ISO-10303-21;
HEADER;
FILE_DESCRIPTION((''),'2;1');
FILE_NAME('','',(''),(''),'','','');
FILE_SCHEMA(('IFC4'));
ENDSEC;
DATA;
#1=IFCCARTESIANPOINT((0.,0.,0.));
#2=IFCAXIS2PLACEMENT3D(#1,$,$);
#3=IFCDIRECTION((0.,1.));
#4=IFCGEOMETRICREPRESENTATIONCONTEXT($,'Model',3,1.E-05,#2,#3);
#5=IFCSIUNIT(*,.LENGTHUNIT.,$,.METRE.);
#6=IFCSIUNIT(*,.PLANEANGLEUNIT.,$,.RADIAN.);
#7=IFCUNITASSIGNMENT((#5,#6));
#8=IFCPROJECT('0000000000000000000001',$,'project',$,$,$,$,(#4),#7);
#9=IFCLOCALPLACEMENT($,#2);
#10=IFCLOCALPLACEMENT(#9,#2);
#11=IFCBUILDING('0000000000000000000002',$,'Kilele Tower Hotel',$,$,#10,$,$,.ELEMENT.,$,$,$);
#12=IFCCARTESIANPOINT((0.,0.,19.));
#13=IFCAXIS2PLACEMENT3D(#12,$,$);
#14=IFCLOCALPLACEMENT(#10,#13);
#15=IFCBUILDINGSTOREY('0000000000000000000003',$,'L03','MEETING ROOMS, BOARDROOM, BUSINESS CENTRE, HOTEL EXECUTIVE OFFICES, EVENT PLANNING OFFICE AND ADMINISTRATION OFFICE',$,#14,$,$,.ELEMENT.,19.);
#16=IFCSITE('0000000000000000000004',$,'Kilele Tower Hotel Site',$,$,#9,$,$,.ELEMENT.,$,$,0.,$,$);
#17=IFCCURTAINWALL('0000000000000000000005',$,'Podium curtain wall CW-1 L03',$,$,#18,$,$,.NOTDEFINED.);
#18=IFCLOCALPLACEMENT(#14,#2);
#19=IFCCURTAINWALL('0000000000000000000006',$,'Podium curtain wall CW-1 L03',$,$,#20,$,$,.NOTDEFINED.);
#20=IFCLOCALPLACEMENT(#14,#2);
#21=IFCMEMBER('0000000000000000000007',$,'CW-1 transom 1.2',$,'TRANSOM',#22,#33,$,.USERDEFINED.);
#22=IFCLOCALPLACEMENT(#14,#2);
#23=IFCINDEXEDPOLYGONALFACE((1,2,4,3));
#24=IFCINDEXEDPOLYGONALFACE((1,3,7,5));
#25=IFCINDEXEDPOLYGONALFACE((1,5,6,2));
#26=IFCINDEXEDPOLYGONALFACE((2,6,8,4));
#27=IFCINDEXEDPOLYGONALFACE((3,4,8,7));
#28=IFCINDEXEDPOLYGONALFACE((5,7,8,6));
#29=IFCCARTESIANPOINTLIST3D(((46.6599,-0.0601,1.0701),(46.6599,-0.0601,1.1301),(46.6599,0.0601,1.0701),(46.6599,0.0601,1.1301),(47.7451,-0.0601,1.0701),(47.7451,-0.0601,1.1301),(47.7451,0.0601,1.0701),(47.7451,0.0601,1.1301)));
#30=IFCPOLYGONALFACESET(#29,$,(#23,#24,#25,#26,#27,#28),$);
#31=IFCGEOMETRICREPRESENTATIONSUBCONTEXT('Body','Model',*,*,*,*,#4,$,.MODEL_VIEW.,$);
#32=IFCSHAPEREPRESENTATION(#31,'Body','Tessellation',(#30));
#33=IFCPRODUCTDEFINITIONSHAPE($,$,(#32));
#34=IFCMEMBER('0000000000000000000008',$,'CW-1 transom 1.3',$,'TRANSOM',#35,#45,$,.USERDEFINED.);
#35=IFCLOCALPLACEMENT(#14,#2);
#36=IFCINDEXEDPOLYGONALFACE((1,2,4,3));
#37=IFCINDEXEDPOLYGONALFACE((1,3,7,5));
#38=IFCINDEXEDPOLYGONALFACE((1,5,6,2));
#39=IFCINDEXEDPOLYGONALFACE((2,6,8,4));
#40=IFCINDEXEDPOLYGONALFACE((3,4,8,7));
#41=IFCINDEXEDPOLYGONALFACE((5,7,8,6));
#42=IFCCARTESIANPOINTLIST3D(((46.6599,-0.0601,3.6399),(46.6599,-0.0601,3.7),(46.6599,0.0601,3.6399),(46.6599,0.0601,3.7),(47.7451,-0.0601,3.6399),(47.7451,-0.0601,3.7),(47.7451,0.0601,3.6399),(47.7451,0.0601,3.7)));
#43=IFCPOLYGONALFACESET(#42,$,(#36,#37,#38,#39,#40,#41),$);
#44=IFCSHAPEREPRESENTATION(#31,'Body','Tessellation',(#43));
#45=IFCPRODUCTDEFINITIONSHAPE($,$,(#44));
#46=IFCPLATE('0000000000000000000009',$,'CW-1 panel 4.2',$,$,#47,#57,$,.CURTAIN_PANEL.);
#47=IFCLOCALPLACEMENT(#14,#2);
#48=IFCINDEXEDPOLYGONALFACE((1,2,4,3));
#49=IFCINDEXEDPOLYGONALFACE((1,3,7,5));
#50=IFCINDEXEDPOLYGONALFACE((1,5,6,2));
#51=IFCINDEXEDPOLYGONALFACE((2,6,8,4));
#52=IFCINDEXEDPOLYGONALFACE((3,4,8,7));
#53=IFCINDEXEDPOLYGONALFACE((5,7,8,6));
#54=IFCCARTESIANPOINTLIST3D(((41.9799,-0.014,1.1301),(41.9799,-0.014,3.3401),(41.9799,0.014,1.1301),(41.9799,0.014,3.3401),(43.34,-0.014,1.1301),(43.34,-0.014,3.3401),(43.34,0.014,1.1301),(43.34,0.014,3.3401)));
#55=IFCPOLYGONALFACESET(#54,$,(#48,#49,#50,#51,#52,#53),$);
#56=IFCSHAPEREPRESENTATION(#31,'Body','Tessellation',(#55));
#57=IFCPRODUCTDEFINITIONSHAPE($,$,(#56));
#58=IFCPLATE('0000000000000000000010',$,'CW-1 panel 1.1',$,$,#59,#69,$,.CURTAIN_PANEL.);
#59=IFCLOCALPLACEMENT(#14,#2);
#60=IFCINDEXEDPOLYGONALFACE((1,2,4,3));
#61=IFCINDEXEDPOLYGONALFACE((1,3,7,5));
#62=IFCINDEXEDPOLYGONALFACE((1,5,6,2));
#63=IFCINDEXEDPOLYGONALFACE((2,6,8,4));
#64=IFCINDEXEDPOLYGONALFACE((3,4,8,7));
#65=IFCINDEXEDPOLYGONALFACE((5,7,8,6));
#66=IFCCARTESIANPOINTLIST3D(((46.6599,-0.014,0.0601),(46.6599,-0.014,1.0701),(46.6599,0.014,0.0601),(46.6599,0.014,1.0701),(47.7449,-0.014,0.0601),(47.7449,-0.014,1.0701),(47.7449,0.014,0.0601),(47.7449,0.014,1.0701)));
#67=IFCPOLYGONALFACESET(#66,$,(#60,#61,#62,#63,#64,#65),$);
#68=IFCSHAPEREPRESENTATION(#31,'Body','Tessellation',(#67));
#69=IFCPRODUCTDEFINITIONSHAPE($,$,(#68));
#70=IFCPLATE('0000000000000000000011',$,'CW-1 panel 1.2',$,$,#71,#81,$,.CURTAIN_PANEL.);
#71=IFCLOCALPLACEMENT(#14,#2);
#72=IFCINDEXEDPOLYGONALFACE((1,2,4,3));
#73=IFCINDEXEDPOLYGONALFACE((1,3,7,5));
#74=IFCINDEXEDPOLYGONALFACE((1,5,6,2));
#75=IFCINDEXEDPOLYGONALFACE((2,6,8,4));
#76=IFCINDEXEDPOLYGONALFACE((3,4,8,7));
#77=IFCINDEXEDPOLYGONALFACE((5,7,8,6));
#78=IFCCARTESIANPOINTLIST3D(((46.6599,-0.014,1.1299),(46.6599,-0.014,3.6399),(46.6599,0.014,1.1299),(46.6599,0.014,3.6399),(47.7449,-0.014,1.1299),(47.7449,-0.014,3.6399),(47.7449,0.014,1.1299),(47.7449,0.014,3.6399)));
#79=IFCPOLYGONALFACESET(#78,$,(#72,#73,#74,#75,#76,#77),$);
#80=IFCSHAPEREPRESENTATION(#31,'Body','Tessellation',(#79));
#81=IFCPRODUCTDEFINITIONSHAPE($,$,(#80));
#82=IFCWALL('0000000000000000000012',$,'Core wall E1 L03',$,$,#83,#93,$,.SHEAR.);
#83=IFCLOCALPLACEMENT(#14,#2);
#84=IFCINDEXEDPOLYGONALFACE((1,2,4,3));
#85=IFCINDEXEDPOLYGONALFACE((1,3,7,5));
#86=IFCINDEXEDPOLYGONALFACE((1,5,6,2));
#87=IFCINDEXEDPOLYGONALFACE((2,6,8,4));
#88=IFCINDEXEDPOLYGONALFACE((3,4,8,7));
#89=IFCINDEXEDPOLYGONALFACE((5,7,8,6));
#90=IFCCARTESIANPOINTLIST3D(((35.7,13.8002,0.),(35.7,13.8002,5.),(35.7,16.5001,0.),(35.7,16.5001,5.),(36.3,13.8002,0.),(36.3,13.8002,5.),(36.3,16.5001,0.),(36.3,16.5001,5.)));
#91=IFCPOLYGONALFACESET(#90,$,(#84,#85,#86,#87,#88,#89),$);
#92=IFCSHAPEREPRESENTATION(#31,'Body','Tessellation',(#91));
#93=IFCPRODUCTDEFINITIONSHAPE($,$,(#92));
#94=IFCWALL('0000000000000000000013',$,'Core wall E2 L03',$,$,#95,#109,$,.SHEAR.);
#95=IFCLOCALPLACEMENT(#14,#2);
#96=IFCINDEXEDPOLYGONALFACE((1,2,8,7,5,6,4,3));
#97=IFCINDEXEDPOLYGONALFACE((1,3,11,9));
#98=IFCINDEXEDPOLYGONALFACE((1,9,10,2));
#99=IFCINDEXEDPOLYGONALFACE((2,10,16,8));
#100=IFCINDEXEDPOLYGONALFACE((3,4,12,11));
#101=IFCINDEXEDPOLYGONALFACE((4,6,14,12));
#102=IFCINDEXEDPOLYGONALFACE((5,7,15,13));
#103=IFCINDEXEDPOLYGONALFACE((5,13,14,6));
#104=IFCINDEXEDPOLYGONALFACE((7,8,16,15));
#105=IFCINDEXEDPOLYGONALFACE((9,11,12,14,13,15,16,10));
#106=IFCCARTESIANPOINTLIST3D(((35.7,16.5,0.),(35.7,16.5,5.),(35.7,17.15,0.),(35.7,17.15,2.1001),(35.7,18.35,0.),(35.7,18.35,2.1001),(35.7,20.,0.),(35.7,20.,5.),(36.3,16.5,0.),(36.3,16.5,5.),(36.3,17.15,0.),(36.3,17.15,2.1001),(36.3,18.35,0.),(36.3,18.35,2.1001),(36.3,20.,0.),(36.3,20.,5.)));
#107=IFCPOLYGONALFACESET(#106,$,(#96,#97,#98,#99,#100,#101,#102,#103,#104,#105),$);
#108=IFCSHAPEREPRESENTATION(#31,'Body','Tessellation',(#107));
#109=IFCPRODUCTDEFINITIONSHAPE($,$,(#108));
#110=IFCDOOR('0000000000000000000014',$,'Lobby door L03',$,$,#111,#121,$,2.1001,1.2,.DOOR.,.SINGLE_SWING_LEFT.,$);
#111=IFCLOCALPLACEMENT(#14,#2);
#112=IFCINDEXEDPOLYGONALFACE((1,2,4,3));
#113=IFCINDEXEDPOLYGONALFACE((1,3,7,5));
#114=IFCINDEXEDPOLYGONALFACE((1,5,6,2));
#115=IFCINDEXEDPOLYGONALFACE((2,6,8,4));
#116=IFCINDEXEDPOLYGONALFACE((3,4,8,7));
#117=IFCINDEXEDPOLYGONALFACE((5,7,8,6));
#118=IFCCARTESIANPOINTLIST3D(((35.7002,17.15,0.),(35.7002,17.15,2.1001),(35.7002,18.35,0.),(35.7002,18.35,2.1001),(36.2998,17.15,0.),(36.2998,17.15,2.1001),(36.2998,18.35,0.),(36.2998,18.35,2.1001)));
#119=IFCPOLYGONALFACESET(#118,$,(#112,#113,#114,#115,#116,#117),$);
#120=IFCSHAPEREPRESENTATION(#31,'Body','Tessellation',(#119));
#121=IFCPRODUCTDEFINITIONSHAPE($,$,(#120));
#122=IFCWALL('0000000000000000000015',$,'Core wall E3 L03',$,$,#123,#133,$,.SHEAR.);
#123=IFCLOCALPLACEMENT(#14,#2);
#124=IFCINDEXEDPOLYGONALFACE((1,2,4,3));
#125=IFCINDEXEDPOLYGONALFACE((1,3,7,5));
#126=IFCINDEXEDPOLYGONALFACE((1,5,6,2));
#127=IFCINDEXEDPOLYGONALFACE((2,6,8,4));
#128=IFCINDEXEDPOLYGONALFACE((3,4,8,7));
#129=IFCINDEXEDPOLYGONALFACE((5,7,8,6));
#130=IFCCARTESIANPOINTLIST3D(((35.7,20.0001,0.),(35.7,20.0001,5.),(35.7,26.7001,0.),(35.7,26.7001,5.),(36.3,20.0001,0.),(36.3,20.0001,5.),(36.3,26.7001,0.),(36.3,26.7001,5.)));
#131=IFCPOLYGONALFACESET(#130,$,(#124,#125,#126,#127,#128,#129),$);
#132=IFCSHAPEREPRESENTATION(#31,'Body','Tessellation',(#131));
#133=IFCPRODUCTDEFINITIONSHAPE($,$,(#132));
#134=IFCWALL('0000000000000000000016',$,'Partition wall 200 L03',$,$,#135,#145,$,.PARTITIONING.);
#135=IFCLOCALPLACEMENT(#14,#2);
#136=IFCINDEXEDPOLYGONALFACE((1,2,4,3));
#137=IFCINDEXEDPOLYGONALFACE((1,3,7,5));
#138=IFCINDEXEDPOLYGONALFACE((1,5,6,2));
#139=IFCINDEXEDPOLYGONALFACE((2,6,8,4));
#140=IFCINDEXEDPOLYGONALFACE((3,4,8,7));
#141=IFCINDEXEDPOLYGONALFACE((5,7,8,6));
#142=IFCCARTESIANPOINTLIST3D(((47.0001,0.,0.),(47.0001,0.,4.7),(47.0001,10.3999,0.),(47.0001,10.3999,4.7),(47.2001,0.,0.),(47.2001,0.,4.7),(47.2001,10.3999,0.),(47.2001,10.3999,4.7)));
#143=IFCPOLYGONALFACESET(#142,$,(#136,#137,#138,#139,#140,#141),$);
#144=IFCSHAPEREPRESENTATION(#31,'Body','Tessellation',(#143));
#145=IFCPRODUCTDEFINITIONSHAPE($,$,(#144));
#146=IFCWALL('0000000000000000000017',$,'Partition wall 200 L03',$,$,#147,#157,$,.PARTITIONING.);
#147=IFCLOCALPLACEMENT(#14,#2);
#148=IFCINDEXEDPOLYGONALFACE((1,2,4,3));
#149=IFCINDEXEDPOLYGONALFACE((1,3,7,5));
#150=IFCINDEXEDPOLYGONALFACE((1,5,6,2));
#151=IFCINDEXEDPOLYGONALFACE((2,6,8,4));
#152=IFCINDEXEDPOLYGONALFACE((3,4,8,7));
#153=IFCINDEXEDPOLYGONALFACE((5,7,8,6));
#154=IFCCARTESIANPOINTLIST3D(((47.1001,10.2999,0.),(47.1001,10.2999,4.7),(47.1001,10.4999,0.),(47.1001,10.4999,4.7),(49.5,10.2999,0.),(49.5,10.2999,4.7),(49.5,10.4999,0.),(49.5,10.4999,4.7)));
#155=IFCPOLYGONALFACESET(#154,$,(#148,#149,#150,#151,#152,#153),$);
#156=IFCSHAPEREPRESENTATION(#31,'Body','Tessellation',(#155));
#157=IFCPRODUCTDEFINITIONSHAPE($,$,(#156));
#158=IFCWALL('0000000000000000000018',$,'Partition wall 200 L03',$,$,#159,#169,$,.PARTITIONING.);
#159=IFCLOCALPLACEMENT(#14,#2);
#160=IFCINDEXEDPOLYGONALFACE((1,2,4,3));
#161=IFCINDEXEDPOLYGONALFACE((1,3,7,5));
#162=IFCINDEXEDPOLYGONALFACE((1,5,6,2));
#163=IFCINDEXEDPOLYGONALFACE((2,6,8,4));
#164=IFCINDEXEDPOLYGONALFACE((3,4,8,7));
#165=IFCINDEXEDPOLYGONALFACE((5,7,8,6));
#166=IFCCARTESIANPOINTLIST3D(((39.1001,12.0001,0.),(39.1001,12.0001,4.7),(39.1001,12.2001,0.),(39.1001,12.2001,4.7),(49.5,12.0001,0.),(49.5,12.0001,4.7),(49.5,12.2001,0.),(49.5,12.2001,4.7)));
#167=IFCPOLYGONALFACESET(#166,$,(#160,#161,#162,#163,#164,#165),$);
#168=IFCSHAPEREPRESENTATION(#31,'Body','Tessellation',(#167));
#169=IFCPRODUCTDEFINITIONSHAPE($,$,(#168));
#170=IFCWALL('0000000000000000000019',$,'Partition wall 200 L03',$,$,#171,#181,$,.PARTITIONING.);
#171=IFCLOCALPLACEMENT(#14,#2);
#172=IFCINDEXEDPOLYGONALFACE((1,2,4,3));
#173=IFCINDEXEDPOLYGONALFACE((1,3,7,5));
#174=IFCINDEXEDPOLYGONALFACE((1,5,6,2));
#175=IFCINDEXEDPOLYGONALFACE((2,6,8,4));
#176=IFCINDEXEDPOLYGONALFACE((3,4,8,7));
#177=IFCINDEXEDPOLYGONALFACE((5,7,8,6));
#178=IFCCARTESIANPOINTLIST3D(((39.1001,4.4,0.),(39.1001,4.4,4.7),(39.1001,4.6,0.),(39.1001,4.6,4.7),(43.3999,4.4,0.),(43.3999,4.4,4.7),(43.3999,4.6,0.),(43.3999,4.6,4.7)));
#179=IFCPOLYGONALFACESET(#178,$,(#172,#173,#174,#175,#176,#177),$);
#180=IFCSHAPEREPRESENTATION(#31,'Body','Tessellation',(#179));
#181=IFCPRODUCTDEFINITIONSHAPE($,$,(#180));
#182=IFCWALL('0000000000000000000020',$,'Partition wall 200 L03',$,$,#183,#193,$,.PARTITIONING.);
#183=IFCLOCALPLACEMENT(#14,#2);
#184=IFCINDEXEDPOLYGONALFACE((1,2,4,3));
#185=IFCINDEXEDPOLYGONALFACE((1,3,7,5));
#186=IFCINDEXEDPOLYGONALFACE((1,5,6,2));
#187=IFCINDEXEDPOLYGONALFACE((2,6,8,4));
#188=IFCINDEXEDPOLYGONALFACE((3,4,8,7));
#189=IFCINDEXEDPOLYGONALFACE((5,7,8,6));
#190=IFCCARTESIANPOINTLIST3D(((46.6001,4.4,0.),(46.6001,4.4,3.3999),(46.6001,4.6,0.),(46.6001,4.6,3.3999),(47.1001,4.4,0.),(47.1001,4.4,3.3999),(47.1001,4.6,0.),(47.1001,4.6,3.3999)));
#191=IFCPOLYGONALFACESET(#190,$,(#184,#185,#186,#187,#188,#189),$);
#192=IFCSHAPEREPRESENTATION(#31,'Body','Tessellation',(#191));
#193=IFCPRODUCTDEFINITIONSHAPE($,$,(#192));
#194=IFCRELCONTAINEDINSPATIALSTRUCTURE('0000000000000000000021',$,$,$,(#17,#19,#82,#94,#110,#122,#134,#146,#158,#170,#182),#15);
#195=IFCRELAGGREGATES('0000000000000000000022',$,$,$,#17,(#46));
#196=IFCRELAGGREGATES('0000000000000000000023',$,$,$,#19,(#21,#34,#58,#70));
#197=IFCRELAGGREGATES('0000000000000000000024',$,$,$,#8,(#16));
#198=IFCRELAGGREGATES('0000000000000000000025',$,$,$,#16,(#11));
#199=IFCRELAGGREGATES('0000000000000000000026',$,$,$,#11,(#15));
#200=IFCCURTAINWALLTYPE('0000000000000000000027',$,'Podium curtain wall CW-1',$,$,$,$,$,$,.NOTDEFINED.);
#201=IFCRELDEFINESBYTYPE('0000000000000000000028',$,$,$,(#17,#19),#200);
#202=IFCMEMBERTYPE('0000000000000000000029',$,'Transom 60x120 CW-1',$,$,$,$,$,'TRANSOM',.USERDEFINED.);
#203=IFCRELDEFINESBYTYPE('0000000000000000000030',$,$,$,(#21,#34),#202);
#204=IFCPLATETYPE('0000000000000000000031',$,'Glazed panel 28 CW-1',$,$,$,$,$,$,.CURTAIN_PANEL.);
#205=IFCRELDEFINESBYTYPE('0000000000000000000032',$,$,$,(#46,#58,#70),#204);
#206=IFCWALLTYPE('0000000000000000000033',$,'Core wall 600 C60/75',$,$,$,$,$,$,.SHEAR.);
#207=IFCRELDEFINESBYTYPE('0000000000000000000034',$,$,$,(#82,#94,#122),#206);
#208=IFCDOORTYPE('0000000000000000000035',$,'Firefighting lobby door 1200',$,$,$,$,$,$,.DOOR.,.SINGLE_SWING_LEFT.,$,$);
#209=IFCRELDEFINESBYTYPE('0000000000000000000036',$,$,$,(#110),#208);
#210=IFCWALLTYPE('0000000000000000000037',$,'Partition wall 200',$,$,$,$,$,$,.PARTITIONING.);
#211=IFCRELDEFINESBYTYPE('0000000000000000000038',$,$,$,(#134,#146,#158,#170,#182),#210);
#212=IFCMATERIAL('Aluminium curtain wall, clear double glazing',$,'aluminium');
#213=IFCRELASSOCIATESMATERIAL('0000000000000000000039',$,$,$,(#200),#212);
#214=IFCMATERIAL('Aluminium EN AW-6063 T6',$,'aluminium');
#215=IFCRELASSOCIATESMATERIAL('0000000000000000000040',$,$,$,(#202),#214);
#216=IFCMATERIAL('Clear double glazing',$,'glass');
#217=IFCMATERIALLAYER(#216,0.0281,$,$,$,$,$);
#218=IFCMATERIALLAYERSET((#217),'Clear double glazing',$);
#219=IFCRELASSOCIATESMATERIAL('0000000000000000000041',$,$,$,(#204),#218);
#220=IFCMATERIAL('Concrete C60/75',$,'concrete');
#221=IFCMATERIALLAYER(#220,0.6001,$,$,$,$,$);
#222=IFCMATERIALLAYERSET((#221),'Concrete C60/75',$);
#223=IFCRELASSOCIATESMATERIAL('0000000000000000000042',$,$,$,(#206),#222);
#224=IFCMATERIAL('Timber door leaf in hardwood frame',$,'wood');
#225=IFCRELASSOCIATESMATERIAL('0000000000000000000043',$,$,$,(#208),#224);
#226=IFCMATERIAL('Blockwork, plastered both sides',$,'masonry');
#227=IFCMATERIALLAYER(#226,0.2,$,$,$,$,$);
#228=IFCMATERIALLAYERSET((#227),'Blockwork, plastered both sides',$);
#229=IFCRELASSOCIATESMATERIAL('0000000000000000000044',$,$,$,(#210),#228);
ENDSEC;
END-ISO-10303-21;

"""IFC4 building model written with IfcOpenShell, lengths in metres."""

from ifc_helpers import new_model, si_unit, direction, frame, frame_2d, origin, origin_2d, place, context, subcontext, project, spatial, rectangle, extrude, material, layer, layer_set, material_profile, profile_set, type_object, element, fill, aggregate, save


model = new_model("IFC4")

# Units and contexts
model_context = context("Model", 3, precision=1e-05, world=origin(), true_north=direction((0.0, 1.0)))
body_context = subcontext(model_context, "Body", "Model", "MODEL_VIEW")
ifc_project = project(units=[si_unit("LENGTHUNIT", "METRE"), si_unit("PLANEANGLEUNIT", "RADIAN")], contexts=[model_context])

# Site, building, storey
site_placement = place(None, origin())
site = spatial("IfcSite", under=ifc_project, at=site_placement, Name="Kilele Tower Hotel Site", CompositionType="ELEMENT", RefElevation=0.0)
building_placement = place(site_placement, origin())
building = spatial("IfcBuilding", under=site, at=building_placement, Name="Kilele Tower Hotel", CompositionType="ELEMENT")
storey_placement = place(building_placement, frame((0.0, 0.0, 19.0)))
storey = spatial("IfcBuildingStorey", under=building, at=storey_placement, Name="L03", Description="MEETING ROOMS, BOARDROOM, BUSINESS CENTRE, HOTEL EXECUTIVE OFFICES, EVENT PLANNING OFFICE AND ADMINISTRATION OFFICE", CompositionType="ELEMENT", Elevation=19.0)

# Curtain walls
ifc_material_1 = material(Name="Aluminium curtain wall, clear double glazing", Category="aluminium")
curtain_wall_type = type_object("IfcCurtainWallType", Name="Podium curtain wall CW-1", PredefinedType="NOTDEFINED", material=ifc_material_1)
curtain_wall_1_placement = place(storey_placement, origin())
curtain_wall_1 = element("IfcCurtainWall", 1, at=curtain_wall_1_placement, inside=storey, type_object=curtain_wall_type, Name="Podium curtain wall CW-1 L03", PredefinedType="NOTDEFINED")
curtain_wall_2_placement = place(storey_placement, origin())
curtain_wall_2 = element("IfcCurtainWall", 2, at=curtain_wall_2_placement, inside=storey, type_object=curtain_wall_type, Name="Podium curtain wall CW-1 L03", PredefinedType="NOTDEFINED")

# Members
ifc_material_2 = material(Name="Aluminium EN AW-6063 T6", Category="aluminium")
ifc_material_profile_1 = material_profile(ifc_material_2, rectangle(XDim=0.1201, YDim=0.0601, at=origin_2d()))
ifc_profile_set_1 = profile_set([ifc_material_profile_1], Name="Aluminium EN AW-6063 T6")
member_type_1 = type_object("IfcMemberType", Name="Transom 60x120 CW-1", ElementType="TRANSOM", PredefinedType="USERDEFINED", material=ifc_profile_set_1)
member_1_placement = place(storey_placement, frame((46.6599, 0.0, 1.1001), z_axis=(1.0, 0.0, 0.0), x_axis=(0.0, 1.0, 0.0)))
member_1 = element("IfcMember", 3, at=member_1_placement, type_object=member_type_1, Name="CW-1 transom 1.2", ObjectType="TRANSOM", PredefinedType="USERDEFINED", context=body_context, shape_type="SweptSolid", body=[
    extrude(rectangle(XDim=0.1201, YDim=0.0601, at=origin_2d()), origin(), (0.0, 0.0, 1.0), 1.0852),
])
member_2_placement = place(storey_placement, frame((46.6599, 0.0, 3.6699), z_axis=(1.0, 0.0, 0.0), x_axis=(0.0, 1.0, 0.0)))
member_2 = element("IfcMember", 4, at=member_2_placement, type_object=member_type_1, Name="CW-1 transom 1.3", ObjectType="TRANSOM", PredefinedType="USERDEFINED", context=body_context, shape_type="SweptSolid", body=[
    extrude(rectangle(XDim=0.1201, YDim=0.0601, at=origin_2d()), origin(), (0.0, 0.0, 1.0), 1.0852),
])

# Plates
ifc_material_3 = material(Name="Clear double glazing", Category="glass")
ifc_layer_1 = layer(ifc_material_3, 0.0281)
ifc_layer_set_1 = layer_set([ifc_layer_1], Name="Clear double glazing")
plate_type = type_object("IfcPlateType", Name="Glazed panel 28 CW-1", PredefinedType="CURTAIN_PANEL", material=ifc_layer_set_1)
plate_1_placement = place(storey_placement, frame((42.6599, 0.0, 1.1301), z_axis=(0.0, 0.0, 1.0), x_axis=(1.0, 0.0, 0.0)))
plate_1 = element("IfcPlate", 5, at=plate_1_placement, type_object=plate_type, Name="CW-1 panel 4.2", PredefinedType="CURTAIN_PANEL", context=body_context, shape_type="SweptSolid", body=[
    extrude(rectangle(XDim=1.3601, YDim=0.0281, at=origin_2d()), origin(), (0.0, 0.0, 1.0), 2.21),
])
aggregate(curtain_wall_1, [plate_1])
plate_2_placement = place(storey_placement, frame((47.2024, 0.0, 0.0601), z_axis=(0.0, 0.0, 1.0), x_axis=(1.0, 0.0, 0.0)))
plate_2 = element("IfcPlate", 6, at=plate_2_placement, type_object=plate_type, Name="CW-1 panel 1.1", PredefinedType="CURTAIN_PANEL", context=body_context, shape_type="SweptSolid", body=[
    extrude(rectangle(XDim=1.085, YDim=0.0281, at=origin_2d()), origin(), (0.0, 0.0, 1.0), 1.01),
])
plate_3_placement = place(storey_placement, frame((47.2024, 0.0, 1.1299), z_axis=(0.0, 0.0, 1.0), x_axis=(1.0, 0.0, 0.0)))
plate_3 = element("IfcPlate", 7, at=plate_3_placement, type_object=plate_type, Name="CW-1 panel 1.2", PredefinedType="CURTAIN_PANEL", context=body_context, shape_type="SweptSolid", body=[
    extrude(rectangle(XDim=1.085, YDim=0.0281, at=origin_2d()), origin(), (0.0, 0.0, 1.0), 2.51),
])
aggregate(curtain_wall_2, [member_1, member_2, plate_2, plate_3])

# Wall
ifc_material_4 = material(Name="Concrete C60/75", Category="concrete")
ifc_layer_2 = layer(ifc_material_4, 0.6001)
ifc_layer_set_2 = layer_set([ifc_layer_2], Name="Concrete C60/75")
wall_type_1 = type_object("IfcWallType", Name="Core wall 600 C60/75", PredefinedType="SHEAR", material=ifc_layer_set_2)
wall_1_placement = place(storey_placement, frame((36.0, 13.8, 0.0), z_axis=(0.0, 0.0, 1.0), x_axis=(0.0, 1.0, 0.0)))
element("IfcWall", 8, at=wall_1_placement, inside=storey, type_object=wall_type_1, Name="Core wall E1 L03", PredefinedType="SHEAR", context=body_context, shape_type="SweptSolid", body=[
    extrude(rectangle(XDim=2.7, YDim=0.6001, at=frame_2d((1.3501, 0.0))), origin(), (0.0, 0.0, 1.0), 5.0),
])

# Wall, opening, door
wall_2_placement = place(storey_placement, frame((36.0, 16.5, 0.0), z_axis=(0.0, 0.0, 1.0), x_axis=(0.0, 1.0, 0.0)))
wall_2 = element("IfcWall", 9, at=wall_2_placement, inside=storey, type_object=wall_type_1, Name="Core wall E2 L03", PredefinedType="SHEAR", context=body_context, shape_type="SweptSolid", body=[
    extrude(rectangle(XDim=3.5, YDim=0.6001, at=frame_2d((1.75, 0.0))), origin(), (0.0, 0.0, 1.0), 5.0),
])
opening_1_placement = place(wall_2_placement, frame((0.6499, 0.0, 0.0)))
opening_1 = element("IfcOpeningElement", 10, at=opening_1_placement, cuts=wall_2, PredefinedType="OPENING", context=body_context, shape_type="SweptSolid", body=[
    extrude(rectangle(XDim=1.2, YDim=2.1001, at=frame_2d((0.6001, 1.05))), frame((0.0, 0.3101, 0.0), z_axis=(0.0, -1.0, 0.0), x_axis=(1.0, 0.0, 0.0)), (0.0, 0.0, 1.0), 0.6201),
])
ifc_material_5 = material(Name="Timber door leaf in hardwood frame", Category="wood")
door_type_1 = type_object("IfcDoorType", Name="Firefighting lobby door 1200", OperationType="SINGLE_SWING_LEFT", PredefinedType="DOOR", material=ifc_material_5)
door_1_placement = place(opening_1_placement, origin())
door_1 = element("IfcDoor", 11, at=door_1_placement, inside=storey, type_object=door_type_1, Name="Lobby door L03", OperationType="SINGLE_SWING_LEFT", OverallHeight=2.1001, OverallWidth=1.2, PredefinedType="DOOR", context=body_context, shape_type="SweptSolid", body=[
    extrude(rectangle(XDim=1.2, YDim=2.1001, at=frame_2d((0.6001, 1.05))), frame((0.0, 0.2998, 0.0), z_axis=(0.0, -1.0, 0.0), x_axis=(1.0, 0.0, 0.0)), (0.0, 0.0, 1.0), 0.5996),
])
fill(opening_1, door_1)

# Walls
wall_3_placement = place(storey_placement, frame((36.0, 20.0, 0.0), z_axis=(0.0, 0.0, 1.0), x_axis=(0.0, 1.0, 0.0)))
element("IfcWall", 12, at=wall_3_placement, inside=storey, type_object=wall_type_1, Name="Core wall E3 L03", PredefinedType="SHEAR", context=body_context, shape_type="SweptSolid", body=[
    extrude(rectangle(XDim=6.7, YDim=0.6001, at=frame_2d((3.3501, 0.0))), origin(), (0.0, 0.0, 1.0), 5.0),
])
ifc_material_6 = material(Name="Blockwork, plastered both sides", Category="masonry")
ifc_layer_3 = layer(ifc_material_6, 0.2)
ifc_layer_set_3 = layer_set([ifc_layer_3], Name="Blockwork, plastered both sides")
wall_type_2 = type_object("IfcWallType", Name="Partition wall 200", PredefinedType="PARTITIONING", material=ifc_layer_set_3)
wall_4_placement = place(storey_placement, frame((47.1001, 0.0, 0.0), z_axis=(0.0, 0.0, 1.0), x_axis=(0.0, 1.0, 0.0)))
element("IfcWall", 13, at=wall_4_placement, inside=storey, type_object=wall_type_2, Name="Partition wall 200 L03", PredefinedType="PARTITIONING", context=body_context, shape_type="SweptSolid", body=[
    extrude(rectangle(XDim=10.3999, YDim=0.2, at=frame_2d((5.2, 0.0))), origin(), (0.0, 0.0, 1.0), 4.7),
])
wall_5_placement = place(storey_placement, frame((47.1001, 10.3999, 0.0), z_axis=(0.0, 0.0, 1.0), x_axis=(1.0, 0.0, 0.0)))
element("IfcWall", 14, at=wall_5_placement, inside=storey, type_object=wall_type_2, Name="Partition wall 200 L03", PredefinedType="PARTITIONING", context=body_context, shape_type="SweptSolid", body=[
    extrude(rectangle(XDim=2.3999, YDim=0.2, at=frame_2d((1.2, 0.0))), origin(), (0.0, 0.0, 1.0), 4.7),
])
wall_6_placement = place(storey_placement, frame((39.1001, 12.1001, 0.0), z_axis=(0.0, 0.0, 1.0), x_axis=(1.0, 0.0, 0.0)))
element("IfcWall", 15, at=wall_6_placement, inside=storey, type_object=wall_type_2, Name="Partition wall 200 L03", PredefinedType="PARTITIONING", context=body_context, shape_type="SweptSolid", body=[
    extrude(rectangle(XDim=10.3999, YDim=0.2, at=frame_2d((5.2, 0.0))), origin(), (0.0, 0.0, 1.0), 4.7),
])
wall_7_placement = place(storey_placement, frame((39.1001, 4.5, 0.0), z_axis=(0.0, 0.0, 1.0), x_axis=(1.0, 0.0, 0.0)))
element("IfcWall", 16, at=wall_7_placement, inside=storey, type_object=wall_type_2, Name="Partition wall 200 L03", PredefinedType="PARTITIONING", context=body_context, shape_type="SweptSolid", body=[
    extrude(rectangle(XDim=4.2998, YDim=0.2, at=frame_2d((2.1499, 0.0))), origin(), (0.0, 0.0, 1.0), 4.7),
])
wall_8_placement = place(storey_placement, frame((46.6001, 4.5, 0.0), z_axis=(0.0, 0.0, 1.0), x_axis=(1.0, 0.0, 0.0)))
element("IfcWall", 17, at=wall_8_placement, inside=storey, type_object=wall_type_2, Name="Partition wall 200 L03", PredefinedType="PARTITIONING", context=body_context, shape_type="SweptSolid", body=[
    extrude(rectangle(XDim=0.5, YDim=0.2, at=frame_2d((0.25, 0.0))), origin(), (0.0, 0.0, 1.0), 3.3999),
])

save(model, "model.ifc")
